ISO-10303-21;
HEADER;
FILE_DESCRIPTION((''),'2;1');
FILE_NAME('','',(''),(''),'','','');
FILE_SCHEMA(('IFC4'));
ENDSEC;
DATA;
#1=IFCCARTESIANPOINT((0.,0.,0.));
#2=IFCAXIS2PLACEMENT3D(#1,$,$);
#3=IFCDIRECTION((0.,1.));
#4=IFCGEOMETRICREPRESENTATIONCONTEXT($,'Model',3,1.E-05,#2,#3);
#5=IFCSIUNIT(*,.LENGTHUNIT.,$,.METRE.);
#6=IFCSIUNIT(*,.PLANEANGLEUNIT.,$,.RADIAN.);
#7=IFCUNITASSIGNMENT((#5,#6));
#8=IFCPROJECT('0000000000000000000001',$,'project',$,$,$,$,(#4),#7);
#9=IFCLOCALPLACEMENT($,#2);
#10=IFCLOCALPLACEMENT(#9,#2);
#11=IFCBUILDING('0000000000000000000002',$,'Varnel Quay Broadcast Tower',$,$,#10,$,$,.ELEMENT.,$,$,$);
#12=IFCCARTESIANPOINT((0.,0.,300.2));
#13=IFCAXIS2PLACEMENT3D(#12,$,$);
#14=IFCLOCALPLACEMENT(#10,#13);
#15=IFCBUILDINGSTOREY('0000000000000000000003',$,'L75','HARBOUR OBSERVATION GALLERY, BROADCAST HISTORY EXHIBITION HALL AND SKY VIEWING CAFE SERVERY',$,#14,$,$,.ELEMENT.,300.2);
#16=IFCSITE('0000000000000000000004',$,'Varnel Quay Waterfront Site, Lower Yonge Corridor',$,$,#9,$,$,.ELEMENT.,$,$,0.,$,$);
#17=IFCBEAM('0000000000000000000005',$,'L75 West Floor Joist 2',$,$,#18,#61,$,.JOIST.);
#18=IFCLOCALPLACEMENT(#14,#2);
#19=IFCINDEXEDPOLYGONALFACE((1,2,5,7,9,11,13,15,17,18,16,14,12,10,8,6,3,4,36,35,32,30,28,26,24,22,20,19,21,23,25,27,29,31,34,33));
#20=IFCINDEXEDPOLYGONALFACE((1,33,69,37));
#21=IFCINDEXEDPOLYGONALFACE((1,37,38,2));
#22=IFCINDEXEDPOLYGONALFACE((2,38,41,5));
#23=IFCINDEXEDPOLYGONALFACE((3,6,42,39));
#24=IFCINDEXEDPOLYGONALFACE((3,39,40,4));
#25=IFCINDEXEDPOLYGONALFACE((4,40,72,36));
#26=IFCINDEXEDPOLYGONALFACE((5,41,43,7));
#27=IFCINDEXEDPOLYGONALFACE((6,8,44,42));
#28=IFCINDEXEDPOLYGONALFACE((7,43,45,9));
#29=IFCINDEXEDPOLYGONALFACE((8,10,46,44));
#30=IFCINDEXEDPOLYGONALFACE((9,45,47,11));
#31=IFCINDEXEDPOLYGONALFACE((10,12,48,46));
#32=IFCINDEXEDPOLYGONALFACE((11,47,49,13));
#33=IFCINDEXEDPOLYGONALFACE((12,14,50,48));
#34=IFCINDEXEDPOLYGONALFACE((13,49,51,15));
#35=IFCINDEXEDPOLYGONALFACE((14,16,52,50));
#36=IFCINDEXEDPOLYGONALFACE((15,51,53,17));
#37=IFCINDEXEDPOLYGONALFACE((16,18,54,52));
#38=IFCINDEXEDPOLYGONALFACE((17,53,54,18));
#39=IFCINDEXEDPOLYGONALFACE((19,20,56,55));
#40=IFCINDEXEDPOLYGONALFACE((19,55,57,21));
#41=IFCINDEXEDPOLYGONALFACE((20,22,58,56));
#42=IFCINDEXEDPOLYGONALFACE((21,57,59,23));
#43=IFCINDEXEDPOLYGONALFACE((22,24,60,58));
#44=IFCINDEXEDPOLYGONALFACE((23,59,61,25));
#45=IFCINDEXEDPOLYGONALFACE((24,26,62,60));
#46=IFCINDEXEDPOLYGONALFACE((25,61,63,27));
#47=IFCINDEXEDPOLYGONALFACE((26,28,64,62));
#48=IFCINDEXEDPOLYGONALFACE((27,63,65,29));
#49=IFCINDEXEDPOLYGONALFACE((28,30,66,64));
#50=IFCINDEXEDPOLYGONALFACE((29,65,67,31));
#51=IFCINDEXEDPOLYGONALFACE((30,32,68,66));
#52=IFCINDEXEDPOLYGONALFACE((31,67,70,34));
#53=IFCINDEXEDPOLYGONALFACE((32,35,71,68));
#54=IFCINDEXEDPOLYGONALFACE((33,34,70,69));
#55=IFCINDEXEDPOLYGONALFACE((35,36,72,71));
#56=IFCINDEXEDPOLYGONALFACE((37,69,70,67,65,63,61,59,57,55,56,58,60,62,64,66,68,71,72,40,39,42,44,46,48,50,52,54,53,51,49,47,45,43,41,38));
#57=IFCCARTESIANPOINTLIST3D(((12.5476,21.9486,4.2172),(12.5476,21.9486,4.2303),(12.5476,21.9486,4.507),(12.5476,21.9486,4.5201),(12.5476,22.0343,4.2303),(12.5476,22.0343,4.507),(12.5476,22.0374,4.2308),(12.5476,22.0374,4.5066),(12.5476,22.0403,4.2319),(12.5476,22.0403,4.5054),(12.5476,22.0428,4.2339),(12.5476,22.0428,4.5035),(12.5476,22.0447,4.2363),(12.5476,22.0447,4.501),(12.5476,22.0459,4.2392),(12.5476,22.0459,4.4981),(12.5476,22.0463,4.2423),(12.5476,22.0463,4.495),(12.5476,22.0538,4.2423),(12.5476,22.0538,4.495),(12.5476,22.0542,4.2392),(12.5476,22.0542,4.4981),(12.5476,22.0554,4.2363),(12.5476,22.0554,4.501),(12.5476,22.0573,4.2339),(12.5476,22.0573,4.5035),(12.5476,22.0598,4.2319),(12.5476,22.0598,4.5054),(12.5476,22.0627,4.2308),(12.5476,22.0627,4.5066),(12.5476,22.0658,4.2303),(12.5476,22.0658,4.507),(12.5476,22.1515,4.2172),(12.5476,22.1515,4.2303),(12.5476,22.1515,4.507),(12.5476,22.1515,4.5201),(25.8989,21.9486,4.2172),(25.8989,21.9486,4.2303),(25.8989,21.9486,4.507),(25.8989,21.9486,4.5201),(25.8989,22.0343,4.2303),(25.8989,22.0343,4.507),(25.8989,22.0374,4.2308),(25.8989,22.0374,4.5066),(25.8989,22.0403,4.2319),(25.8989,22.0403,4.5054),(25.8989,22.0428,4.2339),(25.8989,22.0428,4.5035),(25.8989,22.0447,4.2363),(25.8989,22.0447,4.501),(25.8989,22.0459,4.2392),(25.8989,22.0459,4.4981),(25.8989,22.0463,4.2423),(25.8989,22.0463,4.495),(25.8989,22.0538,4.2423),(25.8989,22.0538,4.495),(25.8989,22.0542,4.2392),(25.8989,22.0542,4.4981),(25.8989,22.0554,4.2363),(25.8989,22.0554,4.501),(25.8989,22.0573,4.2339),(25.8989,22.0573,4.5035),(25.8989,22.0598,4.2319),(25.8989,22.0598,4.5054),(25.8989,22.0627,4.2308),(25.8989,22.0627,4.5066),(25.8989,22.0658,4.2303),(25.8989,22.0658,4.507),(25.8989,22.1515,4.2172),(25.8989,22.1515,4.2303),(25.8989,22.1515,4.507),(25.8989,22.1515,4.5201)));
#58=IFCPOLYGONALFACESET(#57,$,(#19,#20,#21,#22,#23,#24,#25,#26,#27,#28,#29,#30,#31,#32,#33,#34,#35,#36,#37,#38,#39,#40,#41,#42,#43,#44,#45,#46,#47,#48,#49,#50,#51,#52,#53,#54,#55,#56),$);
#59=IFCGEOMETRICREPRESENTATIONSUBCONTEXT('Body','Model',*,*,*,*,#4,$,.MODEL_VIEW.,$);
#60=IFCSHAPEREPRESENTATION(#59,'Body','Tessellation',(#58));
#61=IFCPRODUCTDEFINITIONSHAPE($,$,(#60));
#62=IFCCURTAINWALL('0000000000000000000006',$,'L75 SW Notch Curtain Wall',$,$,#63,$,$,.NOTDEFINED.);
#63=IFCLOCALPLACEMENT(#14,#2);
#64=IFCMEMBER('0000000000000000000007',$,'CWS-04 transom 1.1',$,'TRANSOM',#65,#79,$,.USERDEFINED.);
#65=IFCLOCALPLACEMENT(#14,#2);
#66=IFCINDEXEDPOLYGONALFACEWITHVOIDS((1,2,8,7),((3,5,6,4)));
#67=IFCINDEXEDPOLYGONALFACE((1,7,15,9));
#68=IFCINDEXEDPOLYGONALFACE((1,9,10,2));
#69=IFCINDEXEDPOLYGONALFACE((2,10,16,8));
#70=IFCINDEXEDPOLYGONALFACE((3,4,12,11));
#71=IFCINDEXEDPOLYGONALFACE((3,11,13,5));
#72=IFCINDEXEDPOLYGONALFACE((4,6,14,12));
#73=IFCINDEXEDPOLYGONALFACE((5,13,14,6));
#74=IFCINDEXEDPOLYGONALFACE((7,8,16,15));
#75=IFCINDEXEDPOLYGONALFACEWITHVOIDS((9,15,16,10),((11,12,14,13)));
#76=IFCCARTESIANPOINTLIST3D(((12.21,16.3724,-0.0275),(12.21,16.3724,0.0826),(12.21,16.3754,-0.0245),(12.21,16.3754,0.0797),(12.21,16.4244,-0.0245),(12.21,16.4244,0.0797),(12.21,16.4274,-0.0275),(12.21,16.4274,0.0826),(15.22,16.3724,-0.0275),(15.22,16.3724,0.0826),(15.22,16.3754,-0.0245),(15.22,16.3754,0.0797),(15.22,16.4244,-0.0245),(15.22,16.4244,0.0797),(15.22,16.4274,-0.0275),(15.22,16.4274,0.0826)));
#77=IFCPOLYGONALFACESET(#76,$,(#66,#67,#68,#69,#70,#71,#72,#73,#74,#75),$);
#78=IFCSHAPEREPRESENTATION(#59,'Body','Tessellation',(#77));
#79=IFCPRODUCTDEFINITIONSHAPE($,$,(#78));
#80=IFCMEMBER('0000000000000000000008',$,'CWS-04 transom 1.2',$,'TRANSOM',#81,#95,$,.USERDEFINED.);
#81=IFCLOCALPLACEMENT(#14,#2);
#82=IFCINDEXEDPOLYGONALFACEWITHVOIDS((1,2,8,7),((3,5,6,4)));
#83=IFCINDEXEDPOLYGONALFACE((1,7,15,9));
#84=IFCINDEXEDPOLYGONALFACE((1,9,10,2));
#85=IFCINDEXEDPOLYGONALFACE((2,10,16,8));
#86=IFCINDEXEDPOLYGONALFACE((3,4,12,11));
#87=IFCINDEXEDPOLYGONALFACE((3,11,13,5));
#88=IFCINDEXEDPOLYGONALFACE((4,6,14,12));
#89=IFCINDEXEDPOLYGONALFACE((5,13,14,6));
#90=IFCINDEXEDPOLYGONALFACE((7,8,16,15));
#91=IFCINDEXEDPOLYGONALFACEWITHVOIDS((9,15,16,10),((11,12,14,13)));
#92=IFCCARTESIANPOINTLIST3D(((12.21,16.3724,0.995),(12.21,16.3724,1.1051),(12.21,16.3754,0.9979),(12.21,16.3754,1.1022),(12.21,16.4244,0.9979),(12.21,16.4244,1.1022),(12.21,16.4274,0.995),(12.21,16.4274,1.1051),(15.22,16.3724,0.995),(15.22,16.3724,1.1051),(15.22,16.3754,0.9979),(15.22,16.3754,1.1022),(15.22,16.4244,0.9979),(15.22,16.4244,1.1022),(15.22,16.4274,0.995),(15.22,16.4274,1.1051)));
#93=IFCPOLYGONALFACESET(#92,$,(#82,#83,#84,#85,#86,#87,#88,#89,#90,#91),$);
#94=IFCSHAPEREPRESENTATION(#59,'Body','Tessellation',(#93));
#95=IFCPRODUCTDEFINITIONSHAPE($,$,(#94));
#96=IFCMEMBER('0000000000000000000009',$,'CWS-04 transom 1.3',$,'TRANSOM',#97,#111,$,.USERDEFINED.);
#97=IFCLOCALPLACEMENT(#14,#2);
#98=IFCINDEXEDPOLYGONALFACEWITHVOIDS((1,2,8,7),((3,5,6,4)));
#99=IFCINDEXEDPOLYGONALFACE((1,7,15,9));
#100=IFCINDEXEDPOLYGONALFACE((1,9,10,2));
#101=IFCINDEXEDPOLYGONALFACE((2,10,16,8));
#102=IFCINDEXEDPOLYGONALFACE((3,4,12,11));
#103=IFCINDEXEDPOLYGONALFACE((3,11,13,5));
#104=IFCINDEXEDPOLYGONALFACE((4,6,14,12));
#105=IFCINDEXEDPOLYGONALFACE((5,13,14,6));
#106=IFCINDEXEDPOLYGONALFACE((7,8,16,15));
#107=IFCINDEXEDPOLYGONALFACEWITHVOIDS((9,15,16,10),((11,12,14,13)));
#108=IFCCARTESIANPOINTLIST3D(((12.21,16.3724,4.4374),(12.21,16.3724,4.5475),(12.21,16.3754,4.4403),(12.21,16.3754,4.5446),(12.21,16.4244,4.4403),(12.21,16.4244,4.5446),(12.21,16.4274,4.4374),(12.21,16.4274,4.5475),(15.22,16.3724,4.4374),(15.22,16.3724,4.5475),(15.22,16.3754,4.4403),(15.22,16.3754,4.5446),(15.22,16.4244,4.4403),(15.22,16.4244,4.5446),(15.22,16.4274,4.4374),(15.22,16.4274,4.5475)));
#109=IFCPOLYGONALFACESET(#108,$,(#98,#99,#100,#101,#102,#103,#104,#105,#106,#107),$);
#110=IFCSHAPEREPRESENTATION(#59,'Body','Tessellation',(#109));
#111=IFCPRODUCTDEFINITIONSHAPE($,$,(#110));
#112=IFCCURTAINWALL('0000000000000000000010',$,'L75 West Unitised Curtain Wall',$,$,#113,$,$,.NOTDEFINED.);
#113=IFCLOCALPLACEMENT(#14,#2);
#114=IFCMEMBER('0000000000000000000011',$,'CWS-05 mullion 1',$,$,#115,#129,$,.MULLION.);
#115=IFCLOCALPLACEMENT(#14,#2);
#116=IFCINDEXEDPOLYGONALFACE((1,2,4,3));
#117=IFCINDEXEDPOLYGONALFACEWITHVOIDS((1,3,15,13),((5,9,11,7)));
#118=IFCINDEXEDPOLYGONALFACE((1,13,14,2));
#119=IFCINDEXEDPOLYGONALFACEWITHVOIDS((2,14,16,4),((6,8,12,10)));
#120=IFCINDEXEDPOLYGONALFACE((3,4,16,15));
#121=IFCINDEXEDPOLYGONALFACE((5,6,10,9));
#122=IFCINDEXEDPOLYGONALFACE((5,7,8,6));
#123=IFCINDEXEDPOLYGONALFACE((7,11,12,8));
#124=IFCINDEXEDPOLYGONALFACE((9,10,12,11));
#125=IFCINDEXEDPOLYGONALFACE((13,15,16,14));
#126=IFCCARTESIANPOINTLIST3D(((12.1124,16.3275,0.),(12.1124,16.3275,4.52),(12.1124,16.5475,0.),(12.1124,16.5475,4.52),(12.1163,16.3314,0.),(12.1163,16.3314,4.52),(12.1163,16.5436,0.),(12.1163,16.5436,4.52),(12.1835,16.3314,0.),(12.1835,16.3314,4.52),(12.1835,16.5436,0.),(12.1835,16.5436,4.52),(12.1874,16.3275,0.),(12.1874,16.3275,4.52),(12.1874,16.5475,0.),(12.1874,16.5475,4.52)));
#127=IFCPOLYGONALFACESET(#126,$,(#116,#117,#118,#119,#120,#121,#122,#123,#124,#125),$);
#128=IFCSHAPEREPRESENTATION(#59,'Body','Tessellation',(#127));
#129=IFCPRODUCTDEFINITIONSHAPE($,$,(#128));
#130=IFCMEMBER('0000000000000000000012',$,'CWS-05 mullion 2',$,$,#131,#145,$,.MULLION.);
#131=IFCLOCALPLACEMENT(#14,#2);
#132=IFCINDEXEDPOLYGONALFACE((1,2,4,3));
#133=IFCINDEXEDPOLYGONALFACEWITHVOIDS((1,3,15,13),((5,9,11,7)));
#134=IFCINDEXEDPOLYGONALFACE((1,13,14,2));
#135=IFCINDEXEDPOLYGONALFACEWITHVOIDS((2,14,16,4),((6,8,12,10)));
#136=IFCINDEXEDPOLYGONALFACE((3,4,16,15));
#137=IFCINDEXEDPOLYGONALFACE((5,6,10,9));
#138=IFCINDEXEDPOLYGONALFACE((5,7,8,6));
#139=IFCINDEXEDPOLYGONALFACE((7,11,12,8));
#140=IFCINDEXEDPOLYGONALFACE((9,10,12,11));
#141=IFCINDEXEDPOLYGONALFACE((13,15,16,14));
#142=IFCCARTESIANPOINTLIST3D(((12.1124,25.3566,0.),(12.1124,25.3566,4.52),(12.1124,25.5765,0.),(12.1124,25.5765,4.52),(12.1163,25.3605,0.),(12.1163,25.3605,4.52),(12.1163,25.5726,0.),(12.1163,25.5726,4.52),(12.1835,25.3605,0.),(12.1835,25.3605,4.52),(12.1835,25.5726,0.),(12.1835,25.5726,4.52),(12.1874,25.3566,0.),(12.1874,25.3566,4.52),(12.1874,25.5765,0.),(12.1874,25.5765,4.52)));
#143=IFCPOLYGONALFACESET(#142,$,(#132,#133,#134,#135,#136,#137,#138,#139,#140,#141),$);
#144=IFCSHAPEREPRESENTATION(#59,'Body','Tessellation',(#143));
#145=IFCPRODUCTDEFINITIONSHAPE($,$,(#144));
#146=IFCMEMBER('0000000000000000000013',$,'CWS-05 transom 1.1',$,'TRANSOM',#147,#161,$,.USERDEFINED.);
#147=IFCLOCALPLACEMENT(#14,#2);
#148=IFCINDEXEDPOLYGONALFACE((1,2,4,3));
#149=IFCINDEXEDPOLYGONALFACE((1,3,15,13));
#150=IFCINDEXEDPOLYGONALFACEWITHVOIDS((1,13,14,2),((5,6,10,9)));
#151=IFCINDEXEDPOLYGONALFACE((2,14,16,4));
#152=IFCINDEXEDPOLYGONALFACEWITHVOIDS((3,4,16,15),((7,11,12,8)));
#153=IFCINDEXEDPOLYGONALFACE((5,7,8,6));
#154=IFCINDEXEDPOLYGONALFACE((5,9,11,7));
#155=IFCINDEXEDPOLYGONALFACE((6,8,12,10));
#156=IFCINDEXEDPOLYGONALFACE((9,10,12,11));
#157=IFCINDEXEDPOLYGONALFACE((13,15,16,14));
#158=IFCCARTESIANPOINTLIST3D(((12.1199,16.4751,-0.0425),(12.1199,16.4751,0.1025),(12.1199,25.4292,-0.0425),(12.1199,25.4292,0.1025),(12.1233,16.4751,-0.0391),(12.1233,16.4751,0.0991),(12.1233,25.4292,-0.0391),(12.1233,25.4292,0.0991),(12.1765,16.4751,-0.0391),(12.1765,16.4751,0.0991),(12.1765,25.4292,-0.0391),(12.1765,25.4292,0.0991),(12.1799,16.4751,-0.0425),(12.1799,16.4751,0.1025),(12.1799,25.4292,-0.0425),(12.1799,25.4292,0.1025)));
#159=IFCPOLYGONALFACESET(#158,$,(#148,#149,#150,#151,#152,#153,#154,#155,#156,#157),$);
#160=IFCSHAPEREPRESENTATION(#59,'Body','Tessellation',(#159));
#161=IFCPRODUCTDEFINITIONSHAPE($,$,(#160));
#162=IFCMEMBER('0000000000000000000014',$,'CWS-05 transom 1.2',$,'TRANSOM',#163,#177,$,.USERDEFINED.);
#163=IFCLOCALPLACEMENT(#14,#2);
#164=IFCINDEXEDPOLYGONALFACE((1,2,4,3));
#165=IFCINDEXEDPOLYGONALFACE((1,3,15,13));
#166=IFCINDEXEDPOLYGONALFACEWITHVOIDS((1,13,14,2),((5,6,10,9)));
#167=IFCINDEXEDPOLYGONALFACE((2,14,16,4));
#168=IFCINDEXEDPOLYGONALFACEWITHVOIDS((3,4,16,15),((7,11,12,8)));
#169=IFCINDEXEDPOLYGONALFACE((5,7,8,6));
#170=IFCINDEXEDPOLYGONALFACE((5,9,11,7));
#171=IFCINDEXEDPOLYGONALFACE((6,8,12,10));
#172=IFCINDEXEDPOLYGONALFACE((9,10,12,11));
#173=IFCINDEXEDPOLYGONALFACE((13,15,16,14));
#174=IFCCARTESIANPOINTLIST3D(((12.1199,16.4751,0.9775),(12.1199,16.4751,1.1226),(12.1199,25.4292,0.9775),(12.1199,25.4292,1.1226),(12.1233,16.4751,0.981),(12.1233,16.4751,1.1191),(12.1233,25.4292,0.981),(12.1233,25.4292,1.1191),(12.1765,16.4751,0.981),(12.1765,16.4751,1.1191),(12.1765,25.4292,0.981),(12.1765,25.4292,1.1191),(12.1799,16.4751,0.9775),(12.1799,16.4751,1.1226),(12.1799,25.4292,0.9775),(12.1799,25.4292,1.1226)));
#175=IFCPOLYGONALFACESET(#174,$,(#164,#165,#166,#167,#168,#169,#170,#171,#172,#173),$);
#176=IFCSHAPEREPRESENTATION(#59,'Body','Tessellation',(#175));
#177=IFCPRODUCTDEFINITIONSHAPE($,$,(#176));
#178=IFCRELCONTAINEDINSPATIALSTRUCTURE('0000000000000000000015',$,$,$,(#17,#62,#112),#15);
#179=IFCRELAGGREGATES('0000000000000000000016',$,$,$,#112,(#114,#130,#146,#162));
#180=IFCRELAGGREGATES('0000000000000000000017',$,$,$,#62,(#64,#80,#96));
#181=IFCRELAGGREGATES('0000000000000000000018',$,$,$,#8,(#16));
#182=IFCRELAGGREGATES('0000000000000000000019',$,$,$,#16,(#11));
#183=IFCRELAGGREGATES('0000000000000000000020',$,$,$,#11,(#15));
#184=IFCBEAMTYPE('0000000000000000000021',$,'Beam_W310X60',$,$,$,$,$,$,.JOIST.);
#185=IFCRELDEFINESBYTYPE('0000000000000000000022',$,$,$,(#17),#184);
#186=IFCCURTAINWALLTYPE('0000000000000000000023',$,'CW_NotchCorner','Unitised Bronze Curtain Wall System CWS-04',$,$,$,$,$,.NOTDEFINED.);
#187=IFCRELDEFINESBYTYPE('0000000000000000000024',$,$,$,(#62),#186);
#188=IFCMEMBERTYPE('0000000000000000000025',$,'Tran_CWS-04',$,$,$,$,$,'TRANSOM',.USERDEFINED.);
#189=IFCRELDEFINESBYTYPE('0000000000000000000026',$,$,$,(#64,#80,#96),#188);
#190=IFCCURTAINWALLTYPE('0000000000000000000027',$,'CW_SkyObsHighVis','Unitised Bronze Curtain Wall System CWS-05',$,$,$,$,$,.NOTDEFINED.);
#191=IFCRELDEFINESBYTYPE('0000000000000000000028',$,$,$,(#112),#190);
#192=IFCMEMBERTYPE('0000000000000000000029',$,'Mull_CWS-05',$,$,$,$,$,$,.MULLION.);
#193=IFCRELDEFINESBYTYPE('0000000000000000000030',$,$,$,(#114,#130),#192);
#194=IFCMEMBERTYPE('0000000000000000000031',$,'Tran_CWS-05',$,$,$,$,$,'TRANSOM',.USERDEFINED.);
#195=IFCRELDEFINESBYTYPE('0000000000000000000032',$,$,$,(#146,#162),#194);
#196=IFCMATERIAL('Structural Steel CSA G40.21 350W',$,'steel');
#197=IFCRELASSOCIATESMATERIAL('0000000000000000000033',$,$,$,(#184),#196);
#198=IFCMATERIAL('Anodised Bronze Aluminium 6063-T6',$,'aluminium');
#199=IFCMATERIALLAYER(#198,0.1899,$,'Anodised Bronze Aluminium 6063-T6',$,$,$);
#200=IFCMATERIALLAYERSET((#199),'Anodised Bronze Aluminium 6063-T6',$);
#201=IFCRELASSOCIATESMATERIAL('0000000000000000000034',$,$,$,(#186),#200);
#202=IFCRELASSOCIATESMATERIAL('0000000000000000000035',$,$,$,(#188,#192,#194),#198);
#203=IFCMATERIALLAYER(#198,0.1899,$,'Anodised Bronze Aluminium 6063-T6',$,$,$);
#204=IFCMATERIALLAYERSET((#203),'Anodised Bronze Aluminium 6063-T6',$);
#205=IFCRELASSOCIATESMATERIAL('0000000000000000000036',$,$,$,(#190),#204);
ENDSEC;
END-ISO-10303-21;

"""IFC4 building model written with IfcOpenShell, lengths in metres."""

from ifc_helpers import new_model, si_unit, direction, frame, origin, origin_2d, place, context, subcontext, project, spatial, hollow_rectangle, i_section, extrude, source, transform, mapped, material, layer, layer_set, material_profile, profile_set, type_object, type_shapes, element, aggregate, save


model = new_model("IFC4")

# Units and contexts
model_context = context("Model", 3, precision=1e-05, world=origin(), true_north=direction((0.0, 1.0)))
body_context = subcontext(model_context, "Body", "Model", "MODEL_VIEW")
ifc_project = project(units=[si_unit("LENGTHUNIT", "METRE"), si_unit("PLANEANGLEUNIT", "RADIAN")], contexts=[model_context])

# Site, building, storey
site_placement = place(None, origin())
site = spatial("IfcSite", under=ifc_project, at=site_placement, Name="Varnel Quay Waterfront Site, Lower Yonge Corridor", CompositionType="ELEMENT", RefElevation=0.0)
building_placement = place(site_placement, origin())
building = spatial("IfcBuilding", under=site, at=building_placement, Name="Varnel Quay Broadcast Tower", CompositionType="ELEMENT")
storey_placement = place(building_placement, frame((0.0, 0.0, 300.2)))
storey = spatial("IfcBuildingStorey", under=building, at=storey_placement, Name="L75", Description="HARBOUR OBSERVATION GALLERY, BROADCAST HISTORY EXHIBITION HALL AND SKY VIEWING CAFE SERVERY", CompositionType="ELEMENT", Elevation=300.2)

# Shared definitions
ifc_material_1 = material(Name="Structural Steel CSA G40.21 350W", Category="steel")

# Beam
ifc_material_profile_1 = material_profile(ifc_material_1, i_section(OverallWidth=0.2029, OverallDepth=0.303, WebThickness=0.0076, FlangeThickness=0.0132, FilletRadius=0.012, at=origin_2d()), Name="W310X60")
ifc_profile_set_1 = profile_set([ifc_material_profile_1], Name="Structural Steel CSA G40.21 350W")
beam_type_1 = type_object("IfcBeamType", Name="Beam_W310X60", PredefinedType="JOIST", material=ifc_profile_set_1)
shared_shape_1 = source(origin(), body_context, "Body", "SweptSolid", [
    extrude(i_section(OverallWidth=0.2029, OverallDepth=0.303, WebThickness=0.0076, FlangeThickness=0.0132, FilletRadius=0.012, at=origin_2d()), origin(), (0.0, 0.0, 1.0), 13.3513),
])
type_shapes(beam_type_1, [shared_shape_1])
beam_1_placement = place(storey_placement, frame((12.5476, 22.05, 4.3687), z_axis=(1.0, 0.0, 0.0), x_axis=(0.0, 1.0, 0.0)))
element("IfcBeam", 1, at=beam_1_placement, inside=storey, type_object=beam_type_1, Name="L75 West Floor Joist 2", PredefinedType="JOIST", context=body_context, shape_type="MappedRepresentation", body=[
    mapped(shared_shape_1, transform((0.0, 0.0, 0.0), x_axis=(1.0, 0.0, 0.0), y_axis=(0.0, 1.0, 0.0), z_axis=(0.0, 0.0, 1.0), scale=1.0)),
])

# Curtain walls, members
ifc_material_2 = material(Name="Anodised Bronze Aluminium 6063-T6", Category="aluminium")
ifc_layer_1 = layer(ifc_material_2, 0.1899, Name="Anodised Bronze Aluminium 6063-T6")
ifc_layer_set_1 = layer_set([ifc_layer_1], Name="Anodised Bronze Aluminium 6063-T6")
curtain_wall_type_1 = type_object("IfcCurtainWallType", Name="CW_NotchCorner", Description="Unitised Bronze Curtain Wall System CWS-04", PredefinedType="NOTDEFINED", material=ifc_layer_set_1)
curtain_wall_1_placement = place(storey_placement, origin())
curtain_wall_1 = element("IfcCurtainWall", 2, at=curtain_wall_1_placement, inside=storey, type_object=curtain_wall_type_1, Name="L75 SW Notch Curtain Wall", PredefinedType="NOTDEFINED")
ifc_material_profile_2 = material_profile(ifc_material_2, hollow_rectangle(XDim=0.0549, YDim=0.1101, WallThickness=0.0029, at=origin_2d()), Name="ALU55X110X3")
ifc_profile_set_2 = profile_set([ifc_material_profile_2], Name="Anodised Bronze Aluminium 6063-T6")
member_type_1 = type_object("IfcMemberType", Name="Tran_CWS-04", ElementType="TRANSOM", PredefinedType="USERDEFINED", material=ifc_profile_set_2)
shared_shape_2 = source(origin(), body_context, "Body", "SweptSolid", [
    extrude(hollow_rectangle(XDim=0.0549, YDim=0.1101, WallThickness=0.0029, at=origin_2d()), origin(), (0.0, 0.0, 1.0), 3.01),
])
type_shapes(member_type_1, [shared_shape_2])
member_1_placement = place(storey_placement, frame((12.21, 16.3999, 0.0276), z_axis=(1.0, 0.0, 0.0), x_axis=(0.0, 1.0, 0.0)))
member_1 = element("IfcMember", 3, at=member_1_placement, type_object=member_type_1, Name="CWS-04 transom 1.1", ObjectType="TRANSOM", PredefinedType="USERDEFINED", context=body_context, shape_type="MappedRepresentation", body=[
    mapped(shared_shape_2, transform((0.0, 0.0, 0.0), x_axis=(1.0, 0.0, 0.0), y_axis=(0.0, 1.0, 0.0), z_axis=(0.0, 0.0, 1.0), scale=1.0)),
])
member_2_placement = place(storey_placement, frame((12.21, 16.3999, 1.05), z_axis=(1.0, 0.0, 0.0), x_axis=(0.0, 1.0, 0.0)))
member_2 = element("IfcMember", 4, at=member_2_placement, type_object=member_type_1, Name="CWS-04 transom 1.2", ObjectType="TRANSOM", PredefinedType="USERDEFINED", context=body_context, shape_type="MappedRepresentation", body=[
    mapped(shared_shape_2, transform((0.0, 0.0, 0.0), x_axis=(1.0, 0.0, 0.0), y_axis=(0.0, 1.0, 0.0), z_axis=(0.0, 0.0, 1.0), scale=1.0)),
])
member_3_placement = place(storey_placement, frame((12.21, 16.3999, 4.4924), z_axis=(1.0, 0.0, 0.0), x_axis=(0.0, 1.0, 0.0)))
member_3 = element("IfcMember", 5, at=member_3_placement, type_object=member_type_1, Name="CWS-04 transom 1.3", ObjectType="TRANSOM", PredefinedType="USERDEFINED", context=body_context, shape_type="MappedRepresentation", body=[
    mapped(shared_shape_2, transform((0.0, 0.0, 0.0), x_axis=(1.0, 0.0, 0.0), y_axis=(0.0, 1.0, 0.0), z_axis=(0.0, 0.0, 1.0), scale=1.0)),
])
ifc_layer_2 = layer(ifc_material_2, 0.1899, Name="Anodised Bronze Aluminium 6063-T6")
ifc_layer_set_2 = layer_set([ifc_layer_2], Name="Anodised Bronze Aluminium 6063-T6")
curtain_wall_type_2 = type_object("IfcCurtainWallType", Name="CW_SkyObsHighVis", Description="Unitised Bronze Curtain Wall System CWS-05", PredefinedType="NOTDEFINED", material=ifc_layer_set_2)
curtain_wall_2_placement = place(storey_placement, origin())
curtain_wall_2 = element("IfcCurtainWall", 6, at=curtain_wall_2_placement, inside=storey, type_object=curtain_wall_type_2, Name="L75 West Unitised Curtain Wall", PredefinedType="NOTDEFINED")
ifc_material_profile_3 = material_profile(ifc_material_2, hollow_rectangle(XDim=0.075, YDim=0.22, WallThickness=0.0039, at=origin_2d()), Name="ALU75X220X4")
ifc_profile_set_3 = profile_set([ifc_material_profile_3], Name="Anodised Bronze Aluminium 6063-T6")
member_type_2 = type_object("IfcMemberType", Name="Mull_CWS-05", PredefinedType="MULLION", material=ifc_profile_set_3)
shared_shape_3 = source(origin(), body_context, "Body", "SweptSolid", [
    extrude(hollow_rectangle(XDim=0.075, YDim=0.22, WallThickness=0.0039, at=origin_2d()), origin(), (0.0, 0.0, 1.0), 4.52),
])
type_shapes(member_type_2, [shared_shape_3])
member_4_placement = place(storey_placement, frame((12.1499, 16.4375, 0.0), z_axis=(0.0, 0.0, 1.0), x_axis=(-1.0, 0.0, 0.0)))
member_4 = element("IfcMember", 7, at=member_4_placement, type_object=member_type_2, Name="CWS-05 mullion 1", PredefinedType="MULLION", context=body_context, shape_type="MappedRepresentation", body=[
    mapped(shared_shape_3, transform((0.0, 0.0, 0.0), x_axis=(1.0, 0.0, 0.0), y_axis=(0.0, 1.0, 0.0), z_axis=(0.0, 0.0, 1.0), scale=1.0)),
])
member_5_placement = place(storey_placement, frame((12.1499, 25.4666, 0.0), z_axis=(0.0, 0.0, 1.0), x_axis=(-1.0, 0.0, 0.0)))
member_5 = element("IfcMember", 8, at=member_5_placement, type_object=member_type_2, Name="CWS-05 mullion 2", PredefinedType="MULLION", context=body_context, shape_type="MappedRepresentation", body=[
    mapped(shared_shape_3, transform((0.0, 0.0, 0.0), x_axis=(1.0, 0.0, 0.0), y_axis=(0.0, 1.0, 0.0), z_axis=(0.0, 0.0, 1.0), scale=1.0)),
])
ifc_material_profile_4 = material_profile(ifc_material_2, hollow_rectangle(XDim=0.0601, YDim=0.145, WallThickness=0.0034, at=origin_2d()), Name="ALU60X145X3.5")
ifc_profile_set_4 = profile_set([ifc_material_profile_4], Name="Anodised Bronze Aluminium 6063-T6")
member_type_3 = type_object("IfcMemberType", Name="Tran_CWS-05", ElementType="TRANSOM", PredefinedType="USERDEFINED", material=ifc_profile_set_4)
shared_shape_4 = source(origin(), body_context, "Body", "SweptSolid", [
    extrude(hollow_rectangle(XDim=0.0601, YDim=0.145, WallThickness=0.0034, at=origin_2d()), origin(), (0.0, 0.0, 1.0), 8.9541),
])
member_6_placement = place(storey_placement, frame((12.1499, 16.4751, 0.03), z_axis=(0.0, 1.0, 0.0), x_axis=(-1.0, 0.0, 0.0)))
member_6 = element("IfcMember", 9, at=member_6_placement, type_object=member_type_3, Name="CWS-05 transom 1.1", ObjectType="TRANSOM", PredefinedType="USERDEFINED", context=body_context, shape_type="MappedRepresentation", body=[
    mapped(shared_shape_4, transform((0.0, 0.0, 0.0), x_axis=(1.0, 0.0, 0.0), y_axis=(0.0, 1.0, 0.0), z_axis=(0.0, 0.0, 1.0), scale=1.0)),
])
member_7_placement = place(storey_placement, frame((12.1499, 16.4751, 1.05), z_axis=(0.0, 1.0, 0.0), x_axis=(-1.0, 0.0, 0.0)))
member_7 = element("IfcMember", 10, at=member_7_placement, type_object=member_type_3, Name="CWS-05 transom 1.2", ObjectType="TRANSOM", PredefinedType="USERDEFINED", context=body_context, shape_type="MappedRepresentation", body=[
    mapped(shared_shape_4, transform((0.0, 0.0, 0.0), x_axis=(1.0, 0.0, 0.0), y_axis=(0.0, 1.0, 0.0), z_axis=(0.0, 0.0, 1.0), scale=1.0)),
])

aggregate(curtain_wall_2, [member_4, member_5, member_6, member_7])
aggregate(curtain_wall_1, [member_1, member_2, member_3])

save(model, "model.ifc")
